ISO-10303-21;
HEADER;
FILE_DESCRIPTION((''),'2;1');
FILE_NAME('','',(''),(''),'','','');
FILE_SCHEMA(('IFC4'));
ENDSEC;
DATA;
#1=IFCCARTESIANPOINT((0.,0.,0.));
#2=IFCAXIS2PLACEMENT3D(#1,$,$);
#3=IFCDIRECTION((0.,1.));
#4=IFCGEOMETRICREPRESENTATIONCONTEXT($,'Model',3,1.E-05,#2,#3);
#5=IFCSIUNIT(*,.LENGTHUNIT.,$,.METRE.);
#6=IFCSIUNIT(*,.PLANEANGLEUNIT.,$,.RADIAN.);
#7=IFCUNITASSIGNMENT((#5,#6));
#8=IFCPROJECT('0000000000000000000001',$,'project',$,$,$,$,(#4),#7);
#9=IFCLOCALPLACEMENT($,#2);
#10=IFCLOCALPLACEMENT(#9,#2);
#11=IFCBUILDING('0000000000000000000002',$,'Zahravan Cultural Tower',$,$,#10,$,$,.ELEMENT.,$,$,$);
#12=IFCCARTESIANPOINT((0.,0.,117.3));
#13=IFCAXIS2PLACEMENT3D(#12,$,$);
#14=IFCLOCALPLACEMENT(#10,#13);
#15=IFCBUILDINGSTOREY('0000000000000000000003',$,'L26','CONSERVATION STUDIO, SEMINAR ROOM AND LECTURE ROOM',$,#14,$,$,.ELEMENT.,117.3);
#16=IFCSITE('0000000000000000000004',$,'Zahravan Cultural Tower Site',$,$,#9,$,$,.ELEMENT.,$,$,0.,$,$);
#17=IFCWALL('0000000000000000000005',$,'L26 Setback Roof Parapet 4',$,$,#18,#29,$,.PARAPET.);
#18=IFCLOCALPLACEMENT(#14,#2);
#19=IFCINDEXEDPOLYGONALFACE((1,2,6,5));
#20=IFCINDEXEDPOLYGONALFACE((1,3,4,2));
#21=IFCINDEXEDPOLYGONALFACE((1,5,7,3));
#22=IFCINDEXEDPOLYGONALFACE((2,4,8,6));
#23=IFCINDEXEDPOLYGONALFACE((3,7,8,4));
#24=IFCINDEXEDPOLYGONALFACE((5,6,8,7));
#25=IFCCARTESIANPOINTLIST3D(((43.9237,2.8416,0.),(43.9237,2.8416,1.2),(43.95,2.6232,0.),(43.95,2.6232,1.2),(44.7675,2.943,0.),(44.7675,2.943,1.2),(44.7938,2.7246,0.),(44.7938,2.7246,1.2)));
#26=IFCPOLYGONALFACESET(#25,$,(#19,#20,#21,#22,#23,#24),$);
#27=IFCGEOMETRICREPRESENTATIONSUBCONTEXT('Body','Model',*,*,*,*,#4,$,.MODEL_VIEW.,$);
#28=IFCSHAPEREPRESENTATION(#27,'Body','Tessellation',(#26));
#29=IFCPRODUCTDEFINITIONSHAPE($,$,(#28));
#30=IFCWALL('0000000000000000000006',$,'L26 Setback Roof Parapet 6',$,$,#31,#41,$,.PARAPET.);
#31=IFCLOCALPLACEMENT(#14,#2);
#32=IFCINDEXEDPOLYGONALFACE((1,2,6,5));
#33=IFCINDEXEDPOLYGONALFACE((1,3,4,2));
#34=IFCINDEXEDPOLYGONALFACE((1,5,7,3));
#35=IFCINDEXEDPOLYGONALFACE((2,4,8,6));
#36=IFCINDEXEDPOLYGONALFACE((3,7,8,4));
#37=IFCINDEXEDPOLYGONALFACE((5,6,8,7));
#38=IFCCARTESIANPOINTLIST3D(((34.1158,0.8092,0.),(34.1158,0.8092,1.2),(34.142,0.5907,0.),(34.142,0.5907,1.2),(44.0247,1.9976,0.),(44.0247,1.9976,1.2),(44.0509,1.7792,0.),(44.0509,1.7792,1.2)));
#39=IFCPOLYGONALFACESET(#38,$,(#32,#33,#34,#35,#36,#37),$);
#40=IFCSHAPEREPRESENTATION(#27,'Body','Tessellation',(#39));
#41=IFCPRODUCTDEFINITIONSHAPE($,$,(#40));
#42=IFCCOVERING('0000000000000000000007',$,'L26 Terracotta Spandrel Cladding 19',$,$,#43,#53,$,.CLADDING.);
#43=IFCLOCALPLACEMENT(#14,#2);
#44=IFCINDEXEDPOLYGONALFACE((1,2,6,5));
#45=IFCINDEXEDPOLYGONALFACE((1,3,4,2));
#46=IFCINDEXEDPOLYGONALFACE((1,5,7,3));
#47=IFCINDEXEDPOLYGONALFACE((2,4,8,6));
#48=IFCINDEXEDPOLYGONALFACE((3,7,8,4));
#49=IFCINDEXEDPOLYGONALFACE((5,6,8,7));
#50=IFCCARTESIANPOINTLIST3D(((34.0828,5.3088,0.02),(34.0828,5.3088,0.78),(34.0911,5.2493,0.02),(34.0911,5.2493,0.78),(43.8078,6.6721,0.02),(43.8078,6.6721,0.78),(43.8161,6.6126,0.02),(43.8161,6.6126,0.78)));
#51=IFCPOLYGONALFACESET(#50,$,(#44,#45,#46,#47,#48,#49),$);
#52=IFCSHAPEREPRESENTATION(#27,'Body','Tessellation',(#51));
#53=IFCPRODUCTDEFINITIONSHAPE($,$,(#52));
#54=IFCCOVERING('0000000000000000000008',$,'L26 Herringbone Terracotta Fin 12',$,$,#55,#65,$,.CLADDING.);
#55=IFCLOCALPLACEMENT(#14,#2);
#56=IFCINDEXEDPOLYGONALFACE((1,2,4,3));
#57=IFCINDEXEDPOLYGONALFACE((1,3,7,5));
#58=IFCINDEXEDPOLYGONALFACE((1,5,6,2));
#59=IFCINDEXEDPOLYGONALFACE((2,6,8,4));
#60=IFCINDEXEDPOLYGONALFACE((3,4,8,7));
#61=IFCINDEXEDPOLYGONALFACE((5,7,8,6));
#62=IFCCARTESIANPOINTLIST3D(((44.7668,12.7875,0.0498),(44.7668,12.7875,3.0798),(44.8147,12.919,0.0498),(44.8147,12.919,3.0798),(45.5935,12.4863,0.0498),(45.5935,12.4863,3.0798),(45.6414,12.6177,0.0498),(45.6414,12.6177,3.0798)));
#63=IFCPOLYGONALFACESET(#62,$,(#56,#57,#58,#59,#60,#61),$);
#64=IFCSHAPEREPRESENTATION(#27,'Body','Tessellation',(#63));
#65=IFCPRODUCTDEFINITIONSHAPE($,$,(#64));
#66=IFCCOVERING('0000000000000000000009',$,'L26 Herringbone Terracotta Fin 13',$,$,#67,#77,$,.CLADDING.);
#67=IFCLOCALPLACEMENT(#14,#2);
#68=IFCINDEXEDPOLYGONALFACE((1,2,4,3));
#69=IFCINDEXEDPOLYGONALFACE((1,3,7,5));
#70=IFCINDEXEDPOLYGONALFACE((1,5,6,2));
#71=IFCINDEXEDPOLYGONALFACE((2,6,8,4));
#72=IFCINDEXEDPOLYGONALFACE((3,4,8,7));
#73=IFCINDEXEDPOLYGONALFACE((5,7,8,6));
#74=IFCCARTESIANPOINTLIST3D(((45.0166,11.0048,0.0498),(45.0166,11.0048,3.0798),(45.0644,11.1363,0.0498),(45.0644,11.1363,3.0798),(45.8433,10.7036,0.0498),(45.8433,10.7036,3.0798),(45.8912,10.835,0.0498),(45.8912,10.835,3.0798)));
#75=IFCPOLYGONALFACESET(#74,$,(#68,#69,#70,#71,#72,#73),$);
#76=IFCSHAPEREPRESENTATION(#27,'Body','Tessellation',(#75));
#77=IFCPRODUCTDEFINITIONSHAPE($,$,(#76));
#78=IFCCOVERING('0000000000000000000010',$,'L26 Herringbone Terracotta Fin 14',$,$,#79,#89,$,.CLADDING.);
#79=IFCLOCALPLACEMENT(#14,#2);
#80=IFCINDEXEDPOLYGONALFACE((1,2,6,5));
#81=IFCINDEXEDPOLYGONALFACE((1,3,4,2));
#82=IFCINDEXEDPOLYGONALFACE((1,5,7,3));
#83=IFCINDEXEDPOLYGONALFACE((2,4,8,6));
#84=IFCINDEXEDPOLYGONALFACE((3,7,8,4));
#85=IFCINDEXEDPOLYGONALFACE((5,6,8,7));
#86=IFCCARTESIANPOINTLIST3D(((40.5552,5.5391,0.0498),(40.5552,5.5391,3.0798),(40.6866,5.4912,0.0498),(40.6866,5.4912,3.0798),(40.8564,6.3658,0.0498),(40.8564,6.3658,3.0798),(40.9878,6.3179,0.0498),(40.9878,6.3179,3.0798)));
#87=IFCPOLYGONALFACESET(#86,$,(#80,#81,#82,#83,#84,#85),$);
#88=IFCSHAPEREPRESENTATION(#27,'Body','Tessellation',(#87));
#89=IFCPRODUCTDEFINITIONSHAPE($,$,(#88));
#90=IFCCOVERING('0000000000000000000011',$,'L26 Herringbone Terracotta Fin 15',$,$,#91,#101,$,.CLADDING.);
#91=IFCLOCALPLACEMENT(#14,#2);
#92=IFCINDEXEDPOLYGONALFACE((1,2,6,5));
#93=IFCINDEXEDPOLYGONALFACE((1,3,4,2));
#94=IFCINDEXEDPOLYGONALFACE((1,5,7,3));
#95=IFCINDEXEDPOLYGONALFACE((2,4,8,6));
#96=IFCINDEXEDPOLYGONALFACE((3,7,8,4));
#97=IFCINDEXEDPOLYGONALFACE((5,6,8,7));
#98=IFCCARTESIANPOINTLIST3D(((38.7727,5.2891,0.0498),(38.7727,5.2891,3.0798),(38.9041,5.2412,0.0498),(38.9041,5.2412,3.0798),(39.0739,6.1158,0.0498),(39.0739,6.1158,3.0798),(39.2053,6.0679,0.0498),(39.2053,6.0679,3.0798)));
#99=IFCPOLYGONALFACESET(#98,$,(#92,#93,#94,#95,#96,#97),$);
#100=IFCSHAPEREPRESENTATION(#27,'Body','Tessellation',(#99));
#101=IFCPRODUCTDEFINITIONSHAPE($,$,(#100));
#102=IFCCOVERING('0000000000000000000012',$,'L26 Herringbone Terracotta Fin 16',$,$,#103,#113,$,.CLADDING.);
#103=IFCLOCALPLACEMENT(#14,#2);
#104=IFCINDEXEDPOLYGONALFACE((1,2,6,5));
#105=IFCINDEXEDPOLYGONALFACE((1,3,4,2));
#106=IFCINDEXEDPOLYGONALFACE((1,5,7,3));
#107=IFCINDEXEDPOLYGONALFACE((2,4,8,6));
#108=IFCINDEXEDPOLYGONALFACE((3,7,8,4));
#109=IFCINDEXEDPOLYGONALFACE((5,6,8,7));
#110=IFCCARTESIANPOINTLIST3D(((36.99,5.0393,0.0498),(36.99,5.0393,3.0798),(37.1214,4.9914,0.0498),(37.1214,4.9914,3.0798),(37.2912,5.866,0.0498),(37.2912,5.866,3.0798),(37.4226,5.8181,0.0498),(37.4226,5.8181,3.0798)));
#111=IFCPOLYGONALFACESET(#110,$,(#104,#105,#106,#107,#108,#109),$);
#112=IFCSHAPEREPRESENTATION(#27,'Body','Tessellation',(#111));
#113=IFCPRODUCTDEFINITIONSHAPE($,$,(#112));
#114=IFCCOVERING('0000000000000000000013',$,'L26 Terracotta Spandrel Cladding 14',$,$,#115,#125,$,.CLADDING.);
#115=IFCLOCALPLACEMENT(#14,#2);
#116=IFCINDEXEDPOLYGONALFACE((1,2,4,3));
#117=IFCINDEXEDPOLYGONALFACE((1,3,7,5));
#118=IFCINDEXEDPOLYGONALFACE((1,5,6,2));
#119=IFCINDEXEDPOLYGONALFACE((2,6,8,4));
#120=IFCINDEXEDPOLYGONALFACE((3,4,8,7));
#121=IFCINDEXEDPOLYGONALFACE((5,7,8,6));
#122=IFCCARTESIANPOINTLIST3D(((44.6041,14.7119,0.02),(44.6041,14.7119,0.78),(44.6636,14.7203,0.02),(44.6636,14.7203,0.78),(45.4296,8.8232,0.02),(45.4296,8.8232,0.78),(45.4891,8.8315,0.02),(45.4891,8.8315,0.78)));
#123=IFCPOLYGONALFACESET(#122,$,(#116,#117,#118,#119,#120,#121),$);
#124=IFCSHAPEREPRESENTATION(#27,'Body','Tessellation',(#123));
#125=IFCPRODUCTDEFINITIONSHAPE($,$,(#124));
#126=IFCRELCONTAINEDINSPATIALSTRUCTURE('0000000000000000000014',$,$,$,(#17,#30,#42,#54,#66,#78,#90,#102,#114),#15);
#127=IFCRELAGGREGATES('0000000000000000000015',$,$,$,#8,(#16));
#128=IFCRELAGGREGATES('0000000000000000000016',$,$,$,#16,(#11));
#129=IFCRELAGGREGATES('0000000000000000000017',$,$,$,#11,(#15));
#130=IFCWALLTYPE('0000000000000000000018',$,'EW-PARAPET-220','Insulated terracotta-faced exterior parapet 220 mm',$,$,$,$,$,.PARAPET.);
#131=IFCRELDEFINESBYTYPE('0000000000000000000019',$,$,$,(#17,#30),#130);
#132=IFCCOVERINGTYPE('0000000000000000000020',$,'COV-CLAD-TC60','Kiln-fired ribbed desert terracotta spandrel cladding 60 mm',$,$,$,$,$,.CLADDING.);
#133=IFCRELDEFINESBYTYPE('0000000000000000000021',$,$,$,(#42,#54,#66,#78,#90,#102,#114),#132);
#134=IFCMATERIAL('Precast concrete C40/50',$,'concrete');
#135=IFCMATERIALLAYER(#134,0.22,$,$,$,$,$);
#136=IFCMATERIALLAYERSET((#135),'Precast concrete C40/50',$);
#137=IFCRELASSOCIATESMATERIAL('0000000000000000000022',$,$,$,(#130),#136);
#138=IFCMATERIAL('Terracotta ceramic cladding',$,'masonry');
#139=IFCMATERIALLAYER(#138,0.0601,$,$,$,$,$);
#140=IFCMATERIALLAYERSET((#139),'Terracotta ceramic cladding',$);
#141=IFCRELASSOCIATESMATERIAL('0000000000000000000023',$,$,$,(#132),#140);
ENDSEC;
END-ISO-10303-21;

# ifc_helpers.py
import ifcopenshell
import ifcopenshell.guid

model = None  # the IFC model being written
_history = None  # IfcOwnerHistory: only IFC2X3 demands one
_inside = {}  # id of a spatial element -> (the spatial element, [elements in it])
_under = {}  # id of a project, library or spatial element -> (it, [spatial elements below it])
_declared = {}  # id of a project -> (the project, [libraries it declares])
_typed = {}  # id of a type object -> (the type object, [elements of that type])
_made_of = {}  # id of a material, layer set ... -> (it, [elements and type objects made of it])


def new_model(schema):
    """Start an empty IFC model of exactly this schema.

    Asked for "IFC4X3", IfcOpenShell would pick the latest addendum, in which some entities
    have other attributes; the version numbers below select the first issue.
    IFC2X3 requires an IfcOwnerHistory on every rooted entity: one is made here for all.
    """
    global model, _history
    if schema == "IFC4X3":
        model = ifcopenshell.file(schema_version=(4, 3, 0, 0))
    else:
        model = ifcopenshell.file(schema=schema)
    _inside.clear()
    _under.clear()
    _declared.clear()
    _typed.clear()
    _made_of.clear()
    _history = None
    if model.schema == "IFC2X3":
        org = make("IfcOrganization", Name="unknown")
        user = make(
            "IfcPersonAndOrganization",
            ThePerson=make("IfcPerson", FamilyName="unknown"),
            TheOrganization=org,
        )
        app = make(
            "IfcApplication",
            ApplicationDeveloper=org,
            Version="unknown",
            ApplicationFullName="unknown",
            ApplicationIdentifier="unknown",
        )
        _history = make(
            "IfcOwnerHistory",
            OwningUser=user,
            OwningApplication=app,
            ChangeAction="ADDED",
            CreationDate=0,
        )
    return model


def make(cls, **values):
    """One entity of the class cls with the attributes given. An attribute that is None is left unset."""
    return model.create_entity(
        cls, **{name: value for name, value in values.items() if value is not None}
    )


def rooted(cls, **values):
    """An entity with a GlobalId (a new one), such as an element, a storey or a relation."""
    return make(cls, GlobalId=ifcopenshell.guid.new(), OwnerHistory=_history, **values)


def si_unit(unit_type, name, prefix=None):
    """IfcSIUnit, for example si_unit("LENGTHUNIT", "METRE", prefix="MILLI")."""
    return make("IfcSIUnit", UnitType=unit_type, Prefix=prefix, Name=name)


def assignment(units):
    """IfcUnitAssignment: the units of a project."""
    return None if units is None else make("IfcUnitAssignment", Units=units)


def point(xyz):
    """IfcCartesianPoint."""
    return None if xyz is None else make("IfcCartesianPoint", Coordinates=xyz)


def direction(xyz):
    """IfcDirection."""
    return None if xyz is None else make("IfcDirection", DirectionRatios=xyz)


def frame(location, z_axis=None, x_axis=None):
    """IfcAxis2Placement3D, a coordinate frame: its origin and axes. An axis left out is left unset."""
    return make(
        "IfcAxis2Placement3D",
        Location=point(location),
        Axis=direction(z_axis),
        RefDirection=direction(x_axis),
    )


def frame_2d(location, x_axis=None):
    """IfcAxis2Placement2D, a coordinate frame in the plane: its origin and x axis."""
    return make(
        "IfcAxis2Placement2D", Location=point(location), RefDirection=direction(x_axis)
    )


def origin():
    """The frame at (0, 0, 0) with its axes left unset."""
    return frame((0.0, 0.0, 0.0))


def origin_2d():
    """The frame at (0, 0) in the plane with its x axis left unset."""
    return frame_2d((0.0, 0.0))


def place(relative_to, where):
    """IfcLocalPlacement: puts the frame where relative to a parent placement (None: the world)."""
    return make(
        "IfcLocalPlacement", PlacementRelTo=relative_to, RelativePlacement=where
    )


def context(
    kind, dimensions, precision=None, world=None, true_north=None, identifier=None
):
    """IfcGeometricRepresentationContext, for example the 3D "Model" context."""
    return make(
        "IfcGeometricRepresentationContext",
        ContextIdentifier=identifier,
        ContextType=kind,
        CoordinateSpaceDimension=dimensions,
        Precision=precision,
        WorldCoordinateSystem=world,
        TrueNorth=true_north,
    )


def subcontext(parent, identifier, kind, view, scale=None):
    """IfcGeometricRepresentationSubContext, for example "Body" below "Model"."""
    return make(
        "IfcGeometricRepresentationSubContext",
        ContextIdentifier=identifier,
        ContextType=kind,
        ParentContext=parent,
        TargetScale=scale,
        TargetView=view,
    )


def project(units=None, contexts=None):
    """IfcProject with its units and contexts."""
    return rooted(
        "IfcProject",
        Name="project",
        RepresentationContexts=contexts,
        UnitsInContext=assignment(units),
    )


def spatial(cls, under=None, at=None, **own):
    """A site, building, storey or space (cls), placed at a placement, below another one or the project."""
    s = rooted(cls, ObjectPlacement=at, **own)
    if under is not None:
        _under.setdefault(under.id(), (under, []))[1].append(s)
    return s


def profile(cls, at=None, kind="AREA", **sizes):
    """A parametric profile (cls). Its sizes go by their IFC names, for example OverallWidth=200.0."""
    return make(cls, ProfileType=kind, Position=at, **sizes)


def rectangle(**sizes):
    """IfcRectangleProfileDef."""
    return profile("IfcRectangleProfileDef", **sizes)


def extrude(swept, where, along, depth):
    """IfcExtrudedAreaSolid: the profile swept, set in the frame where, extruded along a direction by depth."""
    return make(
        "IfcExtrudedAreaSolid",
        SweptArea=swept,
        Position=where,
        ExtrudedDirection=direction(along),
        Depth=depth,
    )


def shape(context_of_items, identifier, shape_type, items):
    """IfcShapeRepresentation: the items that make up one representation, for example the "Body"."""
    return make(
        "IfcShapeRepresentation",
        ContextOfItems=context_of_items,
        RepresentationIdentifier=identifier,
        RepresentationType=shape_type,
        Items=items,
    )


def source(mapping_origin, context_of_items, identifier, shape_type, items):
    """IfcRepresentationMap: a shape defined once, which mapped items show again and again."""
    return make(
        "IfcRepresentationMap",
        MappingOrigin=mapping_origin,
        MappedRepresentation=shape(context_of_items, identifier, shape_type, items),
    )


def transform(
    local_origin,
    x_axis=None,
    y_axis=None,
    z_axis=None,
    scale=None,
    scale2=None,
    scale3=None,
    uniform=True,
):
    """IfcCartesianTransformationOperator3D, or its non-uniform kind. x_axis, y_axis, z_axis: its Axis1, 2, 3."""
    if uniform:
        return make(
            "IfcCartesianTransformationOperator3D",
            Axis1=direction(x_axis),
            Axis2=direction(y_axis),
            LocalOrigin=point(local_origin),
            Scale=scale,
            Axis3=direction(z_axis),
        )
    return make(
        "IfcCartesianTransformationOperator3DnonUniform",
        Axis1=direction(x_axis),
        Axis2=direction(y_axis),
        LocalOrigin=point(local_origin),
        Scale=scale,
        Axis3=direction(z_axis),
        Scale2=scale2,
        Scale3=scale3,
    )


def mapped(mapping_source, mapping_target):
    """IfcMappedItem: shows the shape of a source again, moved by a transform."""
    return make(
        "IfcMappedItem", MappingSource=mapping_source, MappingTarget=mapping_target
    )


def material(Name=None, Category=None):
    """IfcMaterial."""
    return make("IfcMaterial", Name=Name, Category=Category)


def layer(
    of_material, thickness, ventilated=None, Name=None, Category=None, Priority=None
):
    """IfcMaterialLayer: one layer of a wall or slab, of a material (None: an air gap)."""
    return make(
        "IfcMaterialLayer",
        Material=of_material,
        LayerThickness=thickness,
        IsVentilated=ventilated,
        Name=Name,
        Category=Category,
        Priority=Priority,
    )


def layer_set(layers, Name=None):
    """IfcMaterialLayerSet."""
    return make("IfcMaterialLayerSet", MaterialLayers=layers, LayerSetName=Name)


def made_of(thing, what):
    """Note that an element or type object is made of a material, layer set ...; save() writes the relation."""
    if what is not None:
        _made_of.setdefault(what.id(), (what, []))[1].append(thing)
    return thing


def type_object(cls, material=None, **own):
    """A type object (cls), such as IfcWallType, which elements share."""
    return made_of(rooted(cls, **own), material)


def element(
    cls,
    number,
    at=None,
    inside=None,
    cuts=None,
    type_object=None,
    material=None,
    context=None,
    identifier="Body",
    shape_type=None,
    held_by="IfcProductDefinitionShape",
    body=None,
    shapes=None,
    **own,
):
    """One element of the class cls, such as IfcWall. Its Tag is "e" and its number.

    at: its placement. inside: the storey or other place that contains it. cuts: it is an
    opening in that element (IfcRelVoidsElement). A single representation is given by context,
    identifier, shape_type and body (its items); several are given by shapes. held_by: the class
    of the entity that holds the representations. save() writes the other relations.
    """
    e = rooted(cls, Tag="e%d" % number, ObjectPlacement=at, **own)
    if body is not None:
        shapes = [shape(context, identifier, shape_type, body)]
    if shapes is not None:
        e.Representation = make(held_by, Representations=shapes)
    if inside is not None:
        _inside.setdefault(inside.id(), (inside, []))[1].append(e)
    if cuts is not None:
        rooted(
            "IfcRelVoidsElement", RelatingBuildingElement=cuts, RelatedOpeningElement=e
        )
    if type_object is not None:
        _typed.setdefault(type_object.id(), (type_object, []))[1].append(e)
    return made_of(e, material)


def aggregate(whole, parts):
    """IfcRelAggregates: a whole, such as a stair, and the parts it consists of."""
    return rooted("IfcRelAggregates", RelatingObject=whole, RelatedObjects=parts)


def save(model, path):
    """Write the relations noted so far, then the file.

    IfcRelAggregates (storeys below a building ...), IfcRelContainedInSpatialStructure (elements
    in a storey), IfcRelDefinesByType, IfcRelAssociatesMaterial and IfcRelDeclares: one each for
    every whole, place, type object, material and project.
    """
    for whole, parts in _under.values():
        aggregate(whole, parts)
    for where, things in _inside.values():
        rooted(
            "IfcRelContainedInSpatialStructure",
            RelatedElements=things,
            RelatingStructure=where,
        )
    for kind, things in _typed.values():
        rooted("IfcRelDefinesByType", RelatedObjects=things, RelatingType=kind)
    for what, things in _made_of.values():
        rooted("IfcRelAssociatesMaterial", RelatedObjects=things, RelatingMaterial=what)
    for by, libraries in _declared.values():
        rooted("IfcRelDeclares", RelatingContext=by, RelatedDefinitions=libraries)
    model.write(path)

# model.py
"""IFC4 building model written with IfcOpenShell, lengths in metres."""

from ifc_helpers import new_model, si_unit, direction, frame, frame_2d, origin, origin_2d, place, context, subcontext, project, spatial, rectangle, extrude, source, transform, mapped, material, layer, layer_set, type_object, element, save


model = new_model("IFC4")

# Units and contexts
model_context = context("Model", 3, precision=1e-05, world=origin(), true_north=direction((0.0, 1.0)))
body_context = subcontext(model_context, "Body", "Model", "MODEL_VIEW")
ifc_project = project(units=[si_unit("LENGTHUNIT", "METRE"), si_unit("PLANEANGLEUNIT", "RADIAN")], contexts=[model_context])

# Site, building, storey
site_placement = place(None, origin())
site = spatial("IfcSite", under=ifc_project, at=site_placement, Name="Zahravan Cultural Tower Site", CompositionType="ELEMENT", RefElevation=0.0)
building_placement = place(site_placement, origin())
building = spatial("IfcBuilding", under=site, at=building_placement, Name="Zahravan Cultural Tower", CompositionType="ELEMENT")
storey_placement = place(building_placement, frame((0.0, 0.0, 117.3)))
storey = spatial("IfcBuildingStorey", under=building, at=storey_placement, Name="L26", Description="CONSERVATION STUDIO, SEMINAR ROOM AND LECTURE ROOM", CompositionType="ELEMENT", Elevation=117.3)

# Shared definitions
ifc_material_1 = material(Name="Precast concrete C40/50", Category="concrete")

# Walls
ifc_layer_1 = layer(ifc_material_1, 0.22)
ifc_layer_set_1 = layer_set([ifc_layer_1], Name="Precast concrete C40/50")
wall_type_1 = type_object("IfcWallType", Name="EW-PARAPET-220", Description="Insulated terracotta-faced exterior parapet 220 mm", PredefinedType="PARAPET", material=ifc_layer_set_1)
shared_shape_1 = source(origin(), body_context, "Body", "SweptSolid", [
    extrude(rectangle(XDim=0.8499, YDim=0.22, at=frame_2d((0.4248, 0.0))), origin(), (0.0, 0.0, 1.0), 1.2),
])
wall_1_placement = place(storey_placement, frame((44.7805, 2.8337, 0.0), z_axis=(0.0, 0.0, 1.0), x_axis=(-0.992867, -0.119225, 0.0)))
element("IfcWall", 1, at=wall_1_placement, inside=storey, type_object=wall_type_1, Name="L26 Setback Roof Parapet 4", PredefinedType="PARAPET", context=body_context, shape_type="MappedRepresentation", body=[
    mapped(shared_shape_1, transform((0.0, 0.0, 0.0), x_axis=(1.0, 0.0, 0.0), y_axis=(0.0, 1.0, 0.0), z_axis=(0.0, 0.0, 1.0), scale=1.0)),
])
shared_shape_2 = source(origin(), body_context, "Body", "SweptSolid", [
    extrude(rectangle(XDim=9.98, YDim=0.22, at=frame_2d((4.99, 0.0))), origin(), (0.0, 0.0, 1.0), 1.2),
])
wall_2_placement = place(storey_placement, frame((44.0378, 1.8884, 0.0), z_axis=(0.0, 0.0, 1.0), x_axis=(-0.992884, -0.119086, 0.0)))
element("IfcWall", 2, at=wall_2_placement, inside=storey, type_object=wall_type_1, Name="L26 Setback Roof Parapet 6", PredefinedType="PARAPET", context=body_context, shape_type="MappedRepresentation", body=[
    mapped(shared_shape_2, transform((0.0, 0.0, 0.0), x_axis=(1.0, 0.0, 0.0), y_axis=(0.0, 1.0, 0.0), z_axis=(0.0, 0.0, 1.0), scale=1.0)),
])

# Coverings
ifc_material_2 = material(Name="Terracotta ceramic cladding", Category="masonry")
ifc_layer_2 = layer(ifc_material_2, 0.0601)
ifc_layer_set_2 = layer_set([ifc_layer_2], Name="Terracotta ceramic cladding")
covering_type = type_object("IfcCoveringType", Name="COV-CLAD-TC60", Description="Kiln-fired ribbed desert terracotta spandrel cladding 60 mm", PredefinedType="CLADDING", material=ifc_layer_set_2)
shared_shape_3 = source(origin(), body_context, "Body", "SweptSolid", [
    extrude(rectangle(XDim=9.8201, YDim=0.0601, at=origin_2d()), origin(), (0.0, 0.0, 1.0), 0.76),
])
covering_1_placement = place(storey_placement, frame((38.9495, 5.9607, 0.02), z_axis=(0.0, 0.0, 1.0), x_axis=(-0.990317, -0.138827, 0.0)))
element("IfcCovering", 3, at=covering_1_placement, inside=storey, type_object=covering_type, Name="L26 Terracotta Spandrel Cladding 19", PredefinedType="CLADDING", context=body_context, shape_type="MappedRepresentation", body=[
    mapped(shared_shape_3, transform((0.0, 0.0, 0.0), x_axis=(1.0, 0.0, 0.0), y_axis=(0.0, 1.0, 0.0), z_axis=(0.0, 0.0, 1.0), scale=1.0)),
])
shared_shape_4 = source(origin(), body_context, "Body", "SweptSolid", [
    extrude(rectangle(XDim=0.8799, YDim=0.1399, at=origin_2d()), origin(), (0.0, 0.0, 1.0), 3.03),
])
for number, where, z_axis, x_axis, name in (
    (4, (45.2041, 12.7026, 0.0498), (0.0, 0.0, 1.0), (0.939573, -0.342348, 0.0), "L26 Herringbone Terracotta Fin 12"),
    (5, (45.4539, 10.9199, 0.0498), (0.0, 0.0, 1.0), (0.939573, -0.342348, 0.0), "L26 Herringbone Terracotta Fin 13"),
    (6, (40.7715, 5.9285, 0.0498), (0.0, 0.0, 1.0), (-0.342348, -0.939573, 0.0), "L26 Herringbone Terracotta Fin 14"),
    (7, (38.989, 5.6785, 0.0498), (0.0, 0.0, 1.0), (-0.342348, -0.939573, 0.0), "L26 Herringbone Terracotta Fin 15"),
    (8, (37.2063, 5.4287, 0.0498), (0.0, 0.0, 1.0), (-0.342348, -0.939573, 0.0), "L26 Herringbone Terracotta Fin 16"),
):
    element("IfcCovering", number, at=place(storey_placement, frame(where, z_axis=z_axis, x_axis=x_axis)), inside=storey, type_object=covering_type, Name=name, PredefinedType="CLADDING", context=body_context, shape_type="MappedRepresentation", body=[
        mapped(shared_shape_4, transform((0.0, 0.0, 0.0), x_axis=(1.0, 0.0, 0.0), y_axis=(0.0, 1.0, 0.0), z_axis=(0.0, 0.0, 1.0), scale=1.0)),
    ])
shared_shape_5 = source(origin(), body_context, "Body", "SweptSolid", [
    extrude(rectangle(XDim=5.9463, YDim=0.0601, at=origin_2d()), origin(), (0.0, 0.0, 1.0), 0.76),
])
covering_2_placement = place(storey_placement, frame((45.0466, 11.7717, 0.02), z_axis=(0.0, 0.0, 1.0), x_axis=(0.138827, -0.990317, 0.0)))
element("IfcCovering", 9, at=covering_2_placement, inside=storey, type_object=covering_type, Name="L26 Terracotta Spandrel Cladding 14", PredefinedType="CLADDING", context=body_context, shape_type="MappedRepresentation", body=[
    mapped(shared_shape_5, transform((0.0, 0.0, 0.0), x_axis=(1.0, 0.0, 0.0), y_axis=(0.0, 1.0, 0.0), z_axis=(0.0, 0.0, 1.0), scale=1.0)),
])

save(model, "model.ifc")
